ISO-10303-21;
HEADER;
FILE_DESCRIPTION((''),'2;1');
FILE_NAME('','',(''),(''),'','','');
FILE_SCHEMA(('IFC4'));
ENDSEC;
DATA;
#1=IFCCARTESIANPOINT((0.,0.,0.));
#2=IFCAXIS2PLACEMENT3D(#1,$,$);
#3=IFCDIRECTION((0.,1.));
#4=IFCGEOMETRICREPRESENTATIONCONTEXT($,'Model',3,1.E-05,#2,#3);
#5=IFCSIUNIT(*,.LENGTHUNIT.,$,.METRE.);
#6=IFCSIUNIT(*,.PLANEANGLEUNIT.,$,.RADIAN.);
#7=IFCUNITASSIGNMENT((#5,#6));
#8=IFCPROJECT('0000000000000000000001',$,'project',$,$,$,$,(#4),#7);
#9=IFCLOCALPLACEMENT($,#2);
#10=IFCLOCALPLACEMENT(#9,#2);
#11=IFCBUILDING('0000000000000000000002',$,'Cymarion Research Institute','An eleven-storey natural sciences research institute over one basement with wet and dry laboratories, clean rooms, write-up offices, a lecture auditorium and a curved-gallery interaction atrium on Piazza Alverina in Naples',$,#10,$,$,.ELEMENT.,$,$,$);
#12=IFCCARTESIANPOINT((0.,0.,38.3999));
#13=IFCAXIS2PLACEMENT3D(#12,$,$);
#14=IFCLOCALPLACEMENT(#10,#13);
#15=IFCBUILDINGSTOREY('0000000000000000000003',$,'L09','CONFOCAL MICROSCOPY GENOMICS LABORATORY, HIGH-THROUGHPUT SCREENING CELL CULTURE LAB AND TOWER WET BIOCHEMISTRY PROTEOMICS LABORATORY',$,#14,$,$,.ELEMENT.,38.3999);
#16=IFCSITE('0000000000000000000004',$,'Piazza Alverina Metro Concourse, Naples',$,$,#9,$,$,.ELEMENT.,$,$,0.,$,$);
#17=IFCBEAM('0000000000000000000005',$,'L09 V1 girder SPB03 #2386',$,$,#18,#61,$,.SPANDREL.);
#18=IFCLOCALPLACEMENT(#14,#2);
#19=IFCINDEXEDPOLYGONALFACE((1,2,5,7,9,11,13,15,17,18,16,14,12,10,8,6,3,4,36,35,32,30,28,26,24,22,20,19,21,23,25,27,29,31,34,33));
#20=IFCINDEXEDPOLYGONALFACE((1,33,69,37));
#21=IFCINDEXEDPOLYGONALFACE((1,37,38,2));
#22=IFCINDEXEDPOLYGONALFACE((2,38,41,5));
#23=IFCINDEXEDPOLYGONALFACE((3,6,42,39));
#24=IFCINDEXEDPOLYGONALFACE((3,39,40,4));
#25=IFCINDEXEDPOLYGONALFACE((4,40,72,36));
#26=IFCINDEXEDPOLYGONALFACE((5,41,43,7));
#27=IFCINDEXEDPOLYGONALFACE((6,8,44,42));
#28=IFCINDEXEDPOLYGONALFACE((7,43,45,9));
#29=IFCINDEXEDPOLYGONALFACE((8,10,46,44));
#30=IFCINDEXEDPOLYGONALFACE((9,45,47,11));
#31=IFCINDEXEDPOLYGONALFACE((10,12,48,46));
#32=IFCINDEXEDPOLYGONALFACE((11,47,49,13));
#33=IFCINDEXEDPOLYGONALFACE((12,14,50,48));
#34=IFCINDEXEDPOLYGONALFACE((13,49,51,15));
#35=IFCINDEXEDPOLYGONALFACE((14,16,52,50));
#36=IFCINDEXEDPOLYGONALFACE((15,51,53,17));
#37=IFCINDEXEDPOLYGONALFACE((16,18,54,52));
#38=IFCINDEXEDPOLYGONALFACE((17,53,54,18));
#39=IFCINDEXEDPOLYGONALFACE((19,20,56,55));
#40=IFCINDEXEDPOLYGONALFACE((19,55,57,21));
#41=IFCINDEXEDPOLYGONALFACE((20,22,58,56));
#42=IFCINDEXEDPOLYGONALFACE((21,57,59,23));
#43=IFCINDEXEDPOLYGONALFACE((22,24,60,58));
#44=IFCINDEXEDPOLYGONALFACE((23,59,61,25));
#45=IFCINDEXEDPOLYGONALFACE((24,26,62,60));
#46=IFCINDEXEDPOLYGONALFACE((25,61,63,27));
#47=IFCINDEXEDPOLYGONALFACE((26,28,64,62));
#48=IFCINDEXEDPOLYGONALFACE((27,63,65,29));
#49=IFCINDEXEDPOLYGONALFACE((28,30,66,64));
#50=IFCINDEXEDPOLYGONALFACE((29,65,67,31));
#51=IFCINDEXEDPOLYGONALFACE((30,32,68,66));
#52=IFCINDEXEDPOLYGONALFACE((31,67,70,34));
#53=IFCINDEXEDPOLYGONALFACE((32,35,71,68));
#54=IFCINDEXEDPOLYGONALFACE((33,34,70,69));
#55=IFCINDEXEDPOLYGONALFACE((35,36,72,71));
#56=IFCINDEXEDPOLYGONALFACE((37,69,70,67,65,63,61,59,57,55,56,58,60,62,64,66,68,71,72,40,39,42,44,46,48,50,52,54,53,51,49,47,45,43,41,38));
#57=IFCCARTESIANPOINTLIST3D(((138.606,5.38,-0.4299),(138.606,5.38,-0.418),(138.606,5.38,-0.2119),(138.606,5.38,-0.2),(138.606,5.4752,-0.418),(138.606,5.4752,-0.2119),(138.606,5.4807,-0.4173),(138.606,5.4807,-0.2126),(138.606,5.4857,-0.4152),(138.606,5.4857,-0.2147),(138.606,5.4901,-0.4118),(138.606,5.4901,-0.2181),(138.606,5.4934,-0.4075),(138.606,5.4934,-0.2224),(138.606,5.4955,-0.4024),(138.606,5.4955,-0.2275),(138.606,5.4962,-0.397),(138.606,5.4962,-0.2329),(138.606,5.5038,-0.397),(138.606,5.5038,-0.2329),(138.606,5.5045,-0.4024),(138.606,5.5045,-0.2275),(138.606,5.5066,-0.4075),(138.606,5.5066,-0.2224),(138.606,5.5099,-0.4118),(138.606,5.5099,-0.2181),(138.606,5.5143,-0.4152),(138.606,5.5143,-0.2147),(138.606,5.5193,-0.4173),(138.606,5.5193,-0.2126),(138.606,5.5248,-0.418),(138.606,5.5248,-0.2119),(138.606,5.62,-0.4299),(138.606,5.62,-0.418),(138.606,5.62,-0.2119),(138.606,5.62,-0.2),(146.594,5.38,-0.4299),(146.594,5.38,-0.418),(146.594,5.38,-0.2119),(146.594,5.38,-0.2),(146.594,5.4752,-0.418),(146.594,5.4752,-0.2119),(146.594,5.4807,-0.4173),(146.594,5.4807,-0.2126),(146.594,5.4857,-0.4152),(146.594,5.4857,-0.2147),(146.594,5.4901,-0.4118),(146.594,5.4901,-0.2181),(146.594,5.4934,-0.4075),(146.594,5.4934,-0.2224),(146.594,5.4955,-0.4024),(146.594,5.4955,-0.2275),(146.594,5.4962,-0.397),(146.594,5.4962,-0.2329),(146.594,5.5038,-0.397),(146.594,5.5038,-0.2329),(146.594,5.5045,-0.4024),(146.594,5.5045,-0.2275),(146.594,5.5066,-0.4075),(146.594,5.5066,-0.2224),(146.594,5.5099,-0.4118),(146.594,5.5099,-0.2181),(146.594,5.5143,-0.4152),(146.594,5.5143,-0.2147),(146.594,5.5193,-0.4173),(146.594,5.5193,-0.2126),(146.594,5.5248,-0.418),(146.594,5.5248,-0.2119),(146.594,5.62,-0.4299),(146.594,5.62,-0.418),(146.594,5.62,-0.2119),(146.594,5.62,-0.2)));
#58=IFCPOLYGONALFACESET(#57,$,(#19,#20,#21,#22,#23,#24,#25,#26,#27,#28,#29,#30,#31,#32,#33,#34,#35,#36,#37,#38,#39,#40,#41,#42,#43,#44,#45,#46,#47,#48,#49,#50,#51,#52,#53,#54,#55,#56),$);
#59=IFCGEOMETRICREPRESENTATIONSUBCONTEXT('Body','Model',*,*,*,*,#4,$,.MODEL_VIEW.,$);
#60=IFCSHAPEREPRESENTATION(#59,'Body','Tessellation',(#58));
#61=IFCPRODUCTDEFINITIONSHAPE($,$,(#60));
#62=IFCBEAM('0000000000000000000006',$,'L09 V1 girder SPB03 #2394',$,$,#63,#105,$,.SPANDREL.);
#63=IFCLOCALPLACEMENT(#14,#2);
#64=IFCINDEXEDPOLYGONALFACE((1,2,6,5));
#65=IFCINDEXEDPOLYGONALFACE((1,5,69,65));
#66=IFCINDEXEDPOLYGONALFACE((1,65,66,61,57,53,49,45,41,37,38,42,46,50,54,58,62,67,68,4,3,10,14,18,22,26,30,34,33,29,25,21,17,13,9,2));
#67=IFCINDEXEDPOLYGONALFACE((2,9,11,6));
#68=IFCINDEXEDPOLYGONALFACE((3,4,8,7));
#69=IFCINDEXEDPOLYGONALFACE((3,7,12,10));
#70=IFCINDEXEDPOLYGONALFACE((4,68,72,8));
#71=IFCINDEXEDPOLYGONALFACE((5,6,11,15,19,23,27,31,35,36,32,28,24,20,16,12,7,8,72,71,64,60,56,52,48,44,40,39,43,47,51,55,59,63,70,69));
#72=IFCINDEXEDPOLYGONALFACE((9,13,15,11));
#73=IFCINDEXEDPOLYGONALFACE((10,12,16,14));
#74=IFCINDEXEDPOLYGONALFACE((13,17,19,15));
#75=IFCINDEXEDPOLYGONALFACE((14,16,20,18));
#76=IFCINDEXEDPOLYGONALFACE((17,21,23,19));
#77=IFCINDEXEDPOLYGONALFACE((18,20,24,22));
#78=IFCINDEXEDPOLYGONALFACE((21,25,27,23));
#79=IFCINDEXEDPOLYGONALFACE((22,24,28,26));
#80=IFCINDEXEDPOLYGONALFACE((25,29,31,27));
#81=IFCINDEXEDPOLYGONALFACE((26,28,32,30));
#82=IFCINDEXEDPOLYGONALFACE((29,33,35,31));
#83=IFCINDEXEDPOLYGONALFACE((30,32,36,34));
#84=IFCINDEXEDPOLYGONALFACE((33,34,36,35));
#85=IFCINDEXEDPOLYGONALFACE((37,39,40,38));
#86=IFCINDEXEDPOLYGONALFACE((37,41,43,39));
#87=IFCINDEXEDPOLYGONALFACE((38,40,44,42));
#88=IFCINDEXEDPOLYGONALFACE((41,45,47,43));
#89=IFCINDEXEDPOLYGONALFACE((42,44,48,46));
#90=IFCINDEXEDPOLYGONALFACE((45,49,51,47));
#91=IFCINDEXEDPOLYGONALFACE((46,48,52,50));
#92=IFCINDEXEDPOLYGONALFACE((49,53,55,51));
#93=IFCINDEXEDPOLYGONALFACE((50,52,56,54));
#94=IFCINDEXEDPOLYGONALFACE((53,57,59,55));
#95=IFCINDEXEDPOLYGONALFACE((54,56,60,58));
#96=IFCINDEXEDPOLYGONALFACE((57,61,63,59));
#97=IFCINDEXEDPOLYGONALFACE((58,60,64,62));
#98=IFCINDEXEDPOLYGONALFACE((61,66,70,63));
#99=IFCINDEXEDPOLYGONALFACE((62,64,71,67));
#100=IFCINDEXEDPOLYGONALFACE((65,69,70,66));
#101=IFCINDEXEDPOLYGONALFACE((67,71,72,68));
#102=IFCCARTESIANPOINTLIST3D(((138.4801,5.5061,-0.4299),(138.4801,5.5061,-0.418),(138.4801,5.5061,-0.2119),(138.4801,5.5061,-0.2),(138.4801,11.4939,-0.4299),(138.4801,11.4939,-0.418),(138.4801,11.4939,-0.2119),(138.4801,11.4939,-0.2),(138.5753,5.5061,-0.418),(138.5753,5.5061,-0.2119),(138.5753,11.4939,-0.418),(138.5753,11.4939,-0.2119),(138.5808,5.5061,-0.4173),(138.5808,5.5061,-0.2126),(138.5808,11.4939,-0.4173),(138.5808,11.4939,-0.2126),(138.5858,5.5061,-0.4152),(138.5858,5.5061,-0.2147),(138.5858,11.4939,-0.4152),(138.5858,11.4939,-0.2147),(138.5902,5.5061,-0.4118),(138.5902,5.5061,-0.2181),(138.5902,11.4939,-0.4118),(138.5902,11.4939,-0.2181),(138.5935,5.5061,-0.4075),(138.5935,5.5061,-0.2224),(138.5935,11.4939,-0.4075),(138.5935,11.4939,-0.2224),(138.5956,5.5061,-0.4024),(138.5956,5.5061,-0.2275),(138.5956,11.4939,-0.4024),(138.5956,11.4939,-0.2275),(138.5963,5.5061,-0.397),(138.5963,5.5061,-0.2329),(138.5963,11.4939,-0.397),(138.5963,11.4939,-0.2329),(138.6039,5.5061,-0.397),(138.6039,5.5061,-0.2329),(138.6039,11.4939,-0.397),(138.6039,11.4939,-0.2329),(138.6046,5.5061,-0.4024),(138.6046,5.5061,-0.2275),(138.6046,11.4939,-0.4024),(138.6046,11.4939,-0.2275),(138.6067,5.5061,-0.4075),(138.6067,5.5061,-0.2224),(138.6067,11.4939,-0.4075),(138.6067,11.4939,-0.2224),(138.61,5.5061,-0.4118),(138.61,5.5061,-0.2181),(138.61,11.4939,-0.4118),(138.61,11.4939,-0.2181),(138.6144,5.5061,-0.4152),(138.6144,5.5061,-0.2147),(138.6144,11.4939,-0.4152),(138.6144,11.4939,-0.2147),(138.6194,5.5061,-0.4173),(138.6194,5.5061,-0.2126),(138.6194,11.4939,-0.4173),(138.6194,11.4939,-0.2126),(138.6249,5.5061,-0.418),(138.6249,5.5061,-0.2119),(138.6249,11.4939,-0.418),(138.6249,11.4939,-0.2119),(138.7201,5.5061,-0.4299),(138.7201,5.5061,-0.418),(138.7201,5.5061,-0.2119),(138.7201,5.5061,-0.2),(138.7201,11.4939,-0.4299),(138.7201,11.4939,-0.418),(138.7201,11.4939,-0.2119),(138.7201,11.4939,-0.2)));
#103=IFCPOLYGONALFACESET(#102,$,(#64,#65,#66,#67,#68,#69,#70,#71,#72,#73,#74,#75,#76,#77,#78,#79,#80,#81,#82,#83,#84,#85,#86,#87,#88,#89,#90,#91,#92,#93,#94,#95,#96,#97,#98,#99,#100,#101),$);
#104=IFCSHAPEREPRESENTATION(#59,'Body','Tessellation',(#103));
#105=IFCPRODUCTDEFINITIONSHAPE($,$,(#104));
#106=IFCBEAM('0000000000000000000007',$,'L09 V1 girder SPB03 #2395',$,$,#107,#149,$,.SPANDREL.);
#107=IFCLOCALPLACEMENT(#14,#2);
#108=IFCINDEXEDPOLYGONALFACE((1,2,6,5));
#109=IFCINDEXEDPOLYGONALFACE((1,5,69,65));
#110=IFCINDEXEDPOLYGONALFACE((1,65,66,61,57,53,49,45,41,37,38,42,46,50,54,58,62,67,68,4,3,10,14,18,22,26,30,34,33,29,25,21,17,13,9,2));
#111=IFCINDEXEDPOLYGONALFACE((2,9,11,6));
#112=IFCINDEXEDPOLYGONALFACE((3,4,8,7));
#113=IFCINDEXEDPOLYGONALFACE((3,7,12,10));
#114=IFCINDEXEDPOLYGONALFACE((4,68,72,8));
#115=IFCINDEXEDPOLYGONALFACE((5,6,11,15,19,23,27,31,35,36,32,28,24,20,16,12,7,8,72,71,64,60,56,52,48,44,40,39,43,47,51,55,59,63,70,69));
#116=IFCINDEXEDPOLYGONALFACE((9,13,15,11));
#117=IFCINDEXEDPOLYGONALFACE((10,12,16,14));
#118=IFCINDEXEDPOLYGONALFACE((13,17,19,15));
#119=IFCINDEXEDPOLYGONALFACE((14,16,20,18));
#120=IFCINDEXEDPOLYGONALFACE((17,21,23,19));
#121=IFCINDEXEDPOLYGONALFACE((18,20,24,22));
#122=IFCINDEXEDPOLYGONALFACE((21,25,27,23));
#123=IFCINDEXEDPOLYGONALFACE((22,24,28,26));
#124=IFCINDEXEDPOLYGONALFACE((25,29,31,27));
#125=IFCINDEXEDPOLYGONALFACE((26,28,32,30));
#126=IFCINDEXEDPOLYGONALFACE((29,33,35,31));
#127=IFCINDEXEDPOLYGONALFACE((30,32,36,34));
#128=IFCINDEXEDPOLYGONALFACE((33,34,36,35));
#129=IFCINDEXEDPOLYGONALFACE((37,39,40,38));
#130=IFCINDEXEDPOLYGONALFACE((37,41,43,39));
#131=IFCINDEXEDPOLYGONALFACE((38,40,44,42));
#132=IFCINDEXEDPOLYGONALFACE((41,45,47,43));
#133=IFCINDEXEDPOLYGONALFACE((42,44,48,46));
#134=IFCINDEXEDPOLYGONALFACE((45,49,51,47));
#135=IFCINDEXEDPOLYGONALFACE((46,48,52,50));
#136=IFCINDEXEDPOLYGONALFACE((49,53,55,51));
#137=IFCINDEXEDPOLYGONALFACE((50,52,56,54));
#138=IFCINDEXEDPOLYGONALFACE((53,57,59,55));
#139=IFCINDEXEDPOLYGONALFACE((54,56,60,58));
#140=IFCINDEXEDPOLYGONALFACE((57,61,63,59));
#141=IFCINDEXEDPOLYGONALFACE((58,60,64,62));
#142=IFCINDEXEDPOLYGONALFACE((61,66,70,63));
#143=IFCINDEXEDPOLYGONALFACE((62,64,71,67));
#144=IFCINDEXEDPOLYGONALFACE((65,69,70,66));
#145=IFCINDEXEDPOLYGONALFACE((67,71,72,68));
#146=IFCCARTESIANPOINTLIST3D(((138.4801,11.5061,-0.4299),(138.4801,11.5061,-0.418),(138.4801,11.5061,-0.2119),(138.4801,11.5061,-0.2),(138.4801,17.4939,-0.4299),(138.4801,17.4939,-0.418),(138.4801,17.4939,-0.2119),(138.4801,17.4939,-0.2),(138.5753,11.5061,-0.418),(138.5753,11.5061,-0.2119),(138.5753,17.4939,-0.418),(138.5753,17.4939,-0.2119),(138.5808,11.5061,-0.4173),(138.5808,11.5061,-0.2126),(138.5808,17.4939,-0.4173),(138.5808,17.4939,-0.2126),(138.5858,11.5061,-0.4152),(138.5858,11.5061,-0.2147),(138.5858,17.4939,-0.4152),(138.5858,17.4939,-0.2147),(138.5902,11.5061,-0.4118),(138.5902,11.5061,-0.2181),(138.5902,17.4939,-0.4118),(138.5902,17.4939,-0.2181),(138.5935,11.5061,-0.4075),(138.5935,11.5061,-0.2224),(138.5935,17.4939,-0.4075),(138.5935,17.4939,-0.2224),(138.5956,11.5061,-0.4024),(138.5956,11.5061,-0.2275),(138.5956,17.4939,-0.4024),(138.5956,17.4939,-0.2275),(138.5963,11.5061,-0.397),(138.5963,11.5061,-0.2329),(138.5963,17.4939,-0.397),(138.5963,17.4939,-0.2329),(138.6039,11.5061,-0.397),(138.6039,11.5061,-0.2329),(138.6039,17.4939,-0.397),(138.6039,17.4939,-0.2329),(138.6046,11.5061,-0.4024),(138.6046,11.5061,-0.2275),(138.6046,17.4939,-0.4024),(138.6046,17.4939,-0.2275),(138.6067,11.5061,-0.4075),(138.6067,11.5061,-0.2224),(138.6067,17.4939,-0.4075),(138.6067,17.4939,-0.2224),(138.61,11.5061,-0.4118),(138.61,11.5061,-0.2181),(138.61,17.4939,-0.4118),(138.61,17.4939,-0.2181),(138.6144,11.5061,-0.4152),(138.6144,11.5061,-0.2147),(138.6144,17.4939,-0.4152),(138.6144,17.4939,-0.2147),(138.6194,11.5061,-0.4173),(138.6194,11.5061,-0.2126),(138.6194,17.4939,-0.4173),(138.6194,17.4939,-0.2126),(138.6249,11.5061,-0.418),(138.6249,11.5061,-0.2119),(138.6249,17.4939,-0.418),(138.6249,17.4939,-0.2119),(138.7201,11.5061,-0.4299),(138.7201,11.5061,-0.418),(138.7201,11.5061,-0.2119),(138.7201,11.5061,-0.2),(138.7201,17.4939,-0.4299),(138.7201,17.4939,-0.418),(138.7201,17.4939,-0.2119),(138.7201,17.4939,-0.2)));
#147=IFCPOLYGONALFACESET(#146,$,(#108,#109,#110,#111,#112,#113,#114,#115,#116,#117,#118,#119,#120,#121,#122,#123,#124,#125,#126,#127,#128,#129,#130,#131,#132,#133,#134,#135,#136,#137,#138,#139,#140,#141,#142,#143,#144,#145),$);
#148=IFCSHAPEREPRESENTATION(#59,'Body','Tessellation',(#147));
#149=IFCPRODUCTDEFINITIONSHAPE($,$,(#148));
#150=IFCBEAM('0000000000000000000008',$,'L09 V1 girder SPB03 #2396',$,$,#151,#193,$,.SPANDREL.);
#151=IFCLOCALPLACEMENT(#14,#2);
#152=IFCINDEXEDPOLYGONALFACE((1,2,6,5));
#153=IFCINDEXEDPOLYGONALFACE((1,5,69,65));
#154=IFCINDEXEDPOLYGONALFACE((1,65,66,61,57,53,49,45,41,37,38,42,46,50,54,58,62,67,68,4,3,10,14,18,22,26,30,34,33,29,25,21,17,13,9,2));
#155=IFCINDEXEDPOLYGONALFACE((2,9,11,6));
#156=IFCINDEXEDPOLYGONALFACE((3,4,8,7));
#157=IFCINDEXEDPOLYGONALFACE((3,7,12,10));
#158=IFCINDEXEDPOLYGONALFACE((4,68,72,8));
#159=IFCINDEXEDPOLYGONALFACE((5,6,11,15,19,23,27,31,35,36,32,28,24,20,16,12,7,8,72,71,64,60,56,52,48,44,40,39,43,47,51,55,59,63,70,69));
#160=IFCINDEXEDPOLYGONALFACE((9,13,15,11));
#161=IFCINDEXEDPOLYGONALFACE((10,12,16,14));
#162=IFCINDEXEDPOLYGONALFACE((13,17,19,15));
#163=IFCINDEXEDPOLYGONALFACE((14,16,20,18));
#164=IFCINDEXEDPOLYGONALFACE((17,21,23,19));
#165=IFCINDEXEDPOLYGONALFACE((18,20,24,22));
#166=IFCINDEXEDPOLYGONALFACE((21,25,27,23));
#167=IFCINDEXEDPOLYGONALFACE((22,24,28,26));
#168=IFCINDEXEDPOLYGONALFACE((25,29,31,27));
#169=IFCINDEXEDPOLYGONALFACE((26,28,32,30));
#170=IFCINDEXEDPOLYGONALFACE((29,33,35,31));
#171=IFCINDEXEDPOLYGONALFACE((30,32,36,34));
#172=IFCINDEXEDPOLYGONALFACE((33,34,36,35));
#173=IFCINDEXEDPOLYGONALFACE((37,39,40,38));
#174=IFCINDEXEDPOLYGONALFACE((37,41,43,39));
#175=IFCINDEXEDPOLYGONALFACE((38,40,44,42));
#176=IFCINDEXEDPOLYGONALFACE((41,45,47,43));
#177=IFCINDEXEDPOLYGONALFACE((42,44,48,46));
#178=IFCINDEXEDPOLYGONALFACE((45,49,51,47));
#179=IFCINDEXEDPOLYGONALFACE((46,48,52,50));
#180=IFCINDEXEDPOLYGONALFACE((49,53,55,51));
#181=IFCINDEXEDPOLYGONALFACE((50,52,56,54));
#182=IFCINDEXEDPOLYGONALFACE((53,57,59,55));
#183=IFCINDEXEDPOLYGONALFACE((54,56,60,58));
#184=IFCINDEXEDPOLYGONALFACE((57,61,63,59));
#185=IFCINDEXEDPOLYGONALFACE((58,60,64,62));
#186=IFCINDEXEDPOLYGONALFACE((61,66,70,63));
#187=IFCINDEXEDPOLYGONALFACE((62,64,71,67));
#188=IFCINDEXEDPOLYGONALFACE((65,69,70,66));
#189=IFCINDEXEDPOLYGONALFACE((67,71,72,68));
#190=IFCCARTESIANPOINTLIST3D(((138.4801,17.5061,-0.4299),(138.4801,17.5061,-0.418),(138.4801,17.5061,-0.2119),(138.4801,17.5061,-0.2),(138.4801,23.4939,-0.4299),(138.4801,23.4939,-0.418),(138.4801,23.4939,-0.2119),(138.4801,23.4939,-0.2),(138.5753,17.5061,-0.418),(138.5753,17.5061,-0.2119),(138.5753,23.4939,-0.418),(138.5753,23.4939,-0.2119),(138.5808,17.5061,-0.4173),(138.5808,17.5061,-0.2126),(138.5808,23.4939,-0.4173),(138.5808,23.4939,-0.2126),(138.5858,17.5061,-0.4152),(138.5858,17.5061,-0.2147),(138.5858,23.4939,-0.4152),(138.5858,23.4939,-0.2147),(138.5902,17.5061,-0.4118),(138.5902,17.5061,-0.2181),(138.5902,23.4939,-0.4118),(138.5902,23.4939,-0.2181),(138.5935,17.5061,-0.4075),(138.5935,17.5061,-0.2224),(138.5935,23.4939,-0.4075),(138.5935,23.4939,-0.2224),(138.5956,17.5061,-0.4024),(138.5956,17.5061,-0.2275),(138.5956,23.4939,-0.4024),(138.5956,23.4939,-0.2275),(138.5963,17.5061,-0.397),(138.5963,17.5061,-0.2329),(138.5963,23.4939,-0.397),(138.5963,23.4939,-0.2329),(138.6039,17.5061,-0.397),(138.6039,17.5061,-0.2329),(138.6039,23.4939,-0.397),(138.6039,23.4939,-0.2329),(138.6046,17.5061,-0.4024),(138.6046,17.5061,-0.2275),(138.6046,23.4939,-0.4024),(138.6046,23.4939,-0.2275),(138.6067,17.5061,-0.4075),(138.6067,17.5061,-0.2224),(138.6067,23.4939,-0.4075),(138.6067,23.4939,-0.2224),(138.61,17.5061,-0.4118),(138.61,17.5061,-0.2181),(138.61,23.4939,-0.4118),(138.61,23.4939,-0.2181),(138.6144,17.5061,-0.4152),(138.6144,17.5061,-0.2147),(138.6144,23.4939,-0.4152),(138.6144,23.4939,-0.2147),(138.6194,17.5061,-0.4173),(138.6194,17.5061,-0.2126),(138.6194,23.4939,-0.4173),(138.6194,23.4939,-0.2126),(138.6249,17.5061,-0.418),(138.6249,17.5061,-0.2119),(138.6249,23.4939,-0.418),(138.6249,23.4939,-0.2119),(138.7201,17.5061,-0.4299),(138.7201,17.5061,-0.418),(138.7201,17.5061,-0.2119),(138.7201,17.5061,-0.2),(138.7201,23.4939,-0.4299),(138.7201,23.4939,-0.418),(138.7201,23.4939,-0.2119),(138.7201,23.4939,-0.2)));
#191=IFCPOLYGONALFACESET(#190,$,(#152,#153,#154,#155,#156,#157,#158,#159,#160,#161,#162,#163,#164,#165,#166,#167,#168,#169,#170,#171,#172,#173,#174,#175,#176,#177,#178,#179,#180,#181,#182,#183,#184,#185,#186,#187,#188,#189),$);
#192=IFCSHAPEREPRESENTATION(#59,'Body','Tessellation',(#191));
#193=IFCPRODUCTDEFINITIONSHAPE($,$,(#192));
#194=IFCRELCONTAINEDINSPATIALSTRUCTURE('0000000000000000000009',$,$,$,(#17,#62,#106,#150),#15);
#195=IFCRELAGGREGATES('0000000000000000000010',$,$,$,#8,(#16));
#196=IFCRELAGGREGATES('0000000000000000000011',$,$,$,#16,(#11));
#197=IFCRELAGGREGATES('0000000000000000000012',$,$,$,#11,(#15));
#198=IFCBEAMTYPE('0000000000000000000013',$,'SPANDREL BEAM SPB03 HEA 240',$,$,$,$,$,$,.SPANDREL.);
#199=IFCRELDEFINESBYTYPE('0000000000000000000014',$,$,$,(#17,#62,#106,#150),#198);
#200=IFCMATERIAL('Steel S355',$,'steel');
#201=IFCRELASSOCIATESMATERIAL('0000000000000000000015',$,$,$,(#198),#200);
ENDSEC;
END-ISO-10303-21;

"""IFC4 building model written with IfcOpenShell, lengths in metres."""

from ifc_helpers import new_model, si_unit, direction, frame, origin, origin_2d, place, context, subcontext, project, spatial, i_section, extrude, material, material_profile, profile_set, type_object, element, save


model = new_model("IFC4")

# Units and contexts
model_context = context("Model", 3, precision=1e-05, world=origin(), true_north=direction((0.0, 1.0)))
body_context = subcontext(model_context, "Body", "Model", "MODEL_VIEW")
ifc_project = project(units=[si_unit("LENGTHUNIT", "METRE"), si_unit("PLANEANGLEUNIT", "RADIAN")], contexts=[model_context])

# Site, building, storey
site_placement = place(None, origin())
site = spatial("IfcSite", under=ifc_project, at=site_placement, Name="Piazza Alverina Metro Concourse, Naples", CompositionType="ELEMENT", RefElevation=0.0)
building_placement = place(site_placement, origin())
building = spatial("IfcBuilding", under=site, at=building_placement, Name="Cymarion Research Institute", Description="An eleven-storey natural sciences research institute over one basement with wet and dry laboratories, clean rooms, write-up offices, a lecture auditorium and a curved-gallery interaction atrium on Piazza Alverina in Naples", CompositionType="ELEMENT")
storey_placement = place(building_placement, frame((0.0, 0.0, 38.3999)))
storey = spatial("IfcBuildingStorey", under=building, at=storey_placement, Name="L09", Description="CONFOCAL MICROSCOPY GENOMICS LABORATORY, HIGH-THROUGHPUT SCREENING CELL CULTURE LAB AND TOWER WET BIOCHEMISTRY PROTEOMICS LABORATORY", CompositionType="ELEMENT", Elevation=38.3999)

# Shared definitions
ifc_material_1 = material(Name="Steel S355", Category="steel")

# Beams
ifc_material_profile_1 = material_profile(ifc_material_1, i_section(OverallWidth=0.24, OverallDepth=0.23, WebThickness=0.0076, FlangeThickness=0.012, FilletRadius=0.021, at=origin_2d()), Name="HEA 240")
ifc_profile_set_1 = profile_set([ifc_material_profile_1], Name="Steel S355")
beam_type_1 = type_object("IfcBeamType", Name="SPANDREL BEAM SPB03 HEA 240", PredefinedType="SPANDREL", material=ifc_profile_set_1)
beam_placement = place(storey_placement, frame((138.606, 5.5, -0.3149), z_axis=(1.0, 0.0, 0.0), x_axis=(0.0, 1.0, 0.0)))
element("IfcBeam", 1, at=beam_placement, inside=storey, type_object=beam_type_1, Name="L09 V1 girder SPB03 #2386", PredefinedType="SPANDREL", context=body_context, shape_type="SweptSolid", body=[
    extrude(i_section(OverallWidth=0.24, OverallDepth=0.23, WebThickness=0.0076, FlangeThickness=0.012, FilletRadius=0.021, at=origin_2d()), origin(), (0.0, 0.0, 1.0), 7.988),
])
for number, where, z_axis, x_axis, name in (
    (2, (138.6001, 5.5061, -0.3149), (0.0, 1.0, 0.0), (-1.0, 0.0, 0.0), "L09 V1 girder SPB03 #2394"),
    (3, (138.6001, 11.5061, -0.3149), (0.0, 1.0, 0.0), (-1.0, 0.0, 0.0), "L09 V1 girder SPB03 #2395"),
    (4, (138.6001, 17.5061, -0.3149), (0.0, 1.0, 0.0), (-1.0, 0.0, 0.0), "L09 V1 girder SPB03 #2396"),
):
    element("IfcBeam", number, at=place(storey_placement, frame(where, z_axis=z_axis, x_axis=x_axis)), inside=storey, type_object=beam_type_1, Name=name, PredefinedType="SPANDREL", context=body_context, shape_type="SweptSolid", body=[
        extrude(i_section(OverallWidth=0.24, OverallDepth=0.23, WebThickness=0.0076, FlangeThickness=0.012, FilletRadius=0.021, at=origin_2d()), origin(), (0.0, 0.0, 1.0), 5.9878),
    ])

save(model, "model.ifc")
